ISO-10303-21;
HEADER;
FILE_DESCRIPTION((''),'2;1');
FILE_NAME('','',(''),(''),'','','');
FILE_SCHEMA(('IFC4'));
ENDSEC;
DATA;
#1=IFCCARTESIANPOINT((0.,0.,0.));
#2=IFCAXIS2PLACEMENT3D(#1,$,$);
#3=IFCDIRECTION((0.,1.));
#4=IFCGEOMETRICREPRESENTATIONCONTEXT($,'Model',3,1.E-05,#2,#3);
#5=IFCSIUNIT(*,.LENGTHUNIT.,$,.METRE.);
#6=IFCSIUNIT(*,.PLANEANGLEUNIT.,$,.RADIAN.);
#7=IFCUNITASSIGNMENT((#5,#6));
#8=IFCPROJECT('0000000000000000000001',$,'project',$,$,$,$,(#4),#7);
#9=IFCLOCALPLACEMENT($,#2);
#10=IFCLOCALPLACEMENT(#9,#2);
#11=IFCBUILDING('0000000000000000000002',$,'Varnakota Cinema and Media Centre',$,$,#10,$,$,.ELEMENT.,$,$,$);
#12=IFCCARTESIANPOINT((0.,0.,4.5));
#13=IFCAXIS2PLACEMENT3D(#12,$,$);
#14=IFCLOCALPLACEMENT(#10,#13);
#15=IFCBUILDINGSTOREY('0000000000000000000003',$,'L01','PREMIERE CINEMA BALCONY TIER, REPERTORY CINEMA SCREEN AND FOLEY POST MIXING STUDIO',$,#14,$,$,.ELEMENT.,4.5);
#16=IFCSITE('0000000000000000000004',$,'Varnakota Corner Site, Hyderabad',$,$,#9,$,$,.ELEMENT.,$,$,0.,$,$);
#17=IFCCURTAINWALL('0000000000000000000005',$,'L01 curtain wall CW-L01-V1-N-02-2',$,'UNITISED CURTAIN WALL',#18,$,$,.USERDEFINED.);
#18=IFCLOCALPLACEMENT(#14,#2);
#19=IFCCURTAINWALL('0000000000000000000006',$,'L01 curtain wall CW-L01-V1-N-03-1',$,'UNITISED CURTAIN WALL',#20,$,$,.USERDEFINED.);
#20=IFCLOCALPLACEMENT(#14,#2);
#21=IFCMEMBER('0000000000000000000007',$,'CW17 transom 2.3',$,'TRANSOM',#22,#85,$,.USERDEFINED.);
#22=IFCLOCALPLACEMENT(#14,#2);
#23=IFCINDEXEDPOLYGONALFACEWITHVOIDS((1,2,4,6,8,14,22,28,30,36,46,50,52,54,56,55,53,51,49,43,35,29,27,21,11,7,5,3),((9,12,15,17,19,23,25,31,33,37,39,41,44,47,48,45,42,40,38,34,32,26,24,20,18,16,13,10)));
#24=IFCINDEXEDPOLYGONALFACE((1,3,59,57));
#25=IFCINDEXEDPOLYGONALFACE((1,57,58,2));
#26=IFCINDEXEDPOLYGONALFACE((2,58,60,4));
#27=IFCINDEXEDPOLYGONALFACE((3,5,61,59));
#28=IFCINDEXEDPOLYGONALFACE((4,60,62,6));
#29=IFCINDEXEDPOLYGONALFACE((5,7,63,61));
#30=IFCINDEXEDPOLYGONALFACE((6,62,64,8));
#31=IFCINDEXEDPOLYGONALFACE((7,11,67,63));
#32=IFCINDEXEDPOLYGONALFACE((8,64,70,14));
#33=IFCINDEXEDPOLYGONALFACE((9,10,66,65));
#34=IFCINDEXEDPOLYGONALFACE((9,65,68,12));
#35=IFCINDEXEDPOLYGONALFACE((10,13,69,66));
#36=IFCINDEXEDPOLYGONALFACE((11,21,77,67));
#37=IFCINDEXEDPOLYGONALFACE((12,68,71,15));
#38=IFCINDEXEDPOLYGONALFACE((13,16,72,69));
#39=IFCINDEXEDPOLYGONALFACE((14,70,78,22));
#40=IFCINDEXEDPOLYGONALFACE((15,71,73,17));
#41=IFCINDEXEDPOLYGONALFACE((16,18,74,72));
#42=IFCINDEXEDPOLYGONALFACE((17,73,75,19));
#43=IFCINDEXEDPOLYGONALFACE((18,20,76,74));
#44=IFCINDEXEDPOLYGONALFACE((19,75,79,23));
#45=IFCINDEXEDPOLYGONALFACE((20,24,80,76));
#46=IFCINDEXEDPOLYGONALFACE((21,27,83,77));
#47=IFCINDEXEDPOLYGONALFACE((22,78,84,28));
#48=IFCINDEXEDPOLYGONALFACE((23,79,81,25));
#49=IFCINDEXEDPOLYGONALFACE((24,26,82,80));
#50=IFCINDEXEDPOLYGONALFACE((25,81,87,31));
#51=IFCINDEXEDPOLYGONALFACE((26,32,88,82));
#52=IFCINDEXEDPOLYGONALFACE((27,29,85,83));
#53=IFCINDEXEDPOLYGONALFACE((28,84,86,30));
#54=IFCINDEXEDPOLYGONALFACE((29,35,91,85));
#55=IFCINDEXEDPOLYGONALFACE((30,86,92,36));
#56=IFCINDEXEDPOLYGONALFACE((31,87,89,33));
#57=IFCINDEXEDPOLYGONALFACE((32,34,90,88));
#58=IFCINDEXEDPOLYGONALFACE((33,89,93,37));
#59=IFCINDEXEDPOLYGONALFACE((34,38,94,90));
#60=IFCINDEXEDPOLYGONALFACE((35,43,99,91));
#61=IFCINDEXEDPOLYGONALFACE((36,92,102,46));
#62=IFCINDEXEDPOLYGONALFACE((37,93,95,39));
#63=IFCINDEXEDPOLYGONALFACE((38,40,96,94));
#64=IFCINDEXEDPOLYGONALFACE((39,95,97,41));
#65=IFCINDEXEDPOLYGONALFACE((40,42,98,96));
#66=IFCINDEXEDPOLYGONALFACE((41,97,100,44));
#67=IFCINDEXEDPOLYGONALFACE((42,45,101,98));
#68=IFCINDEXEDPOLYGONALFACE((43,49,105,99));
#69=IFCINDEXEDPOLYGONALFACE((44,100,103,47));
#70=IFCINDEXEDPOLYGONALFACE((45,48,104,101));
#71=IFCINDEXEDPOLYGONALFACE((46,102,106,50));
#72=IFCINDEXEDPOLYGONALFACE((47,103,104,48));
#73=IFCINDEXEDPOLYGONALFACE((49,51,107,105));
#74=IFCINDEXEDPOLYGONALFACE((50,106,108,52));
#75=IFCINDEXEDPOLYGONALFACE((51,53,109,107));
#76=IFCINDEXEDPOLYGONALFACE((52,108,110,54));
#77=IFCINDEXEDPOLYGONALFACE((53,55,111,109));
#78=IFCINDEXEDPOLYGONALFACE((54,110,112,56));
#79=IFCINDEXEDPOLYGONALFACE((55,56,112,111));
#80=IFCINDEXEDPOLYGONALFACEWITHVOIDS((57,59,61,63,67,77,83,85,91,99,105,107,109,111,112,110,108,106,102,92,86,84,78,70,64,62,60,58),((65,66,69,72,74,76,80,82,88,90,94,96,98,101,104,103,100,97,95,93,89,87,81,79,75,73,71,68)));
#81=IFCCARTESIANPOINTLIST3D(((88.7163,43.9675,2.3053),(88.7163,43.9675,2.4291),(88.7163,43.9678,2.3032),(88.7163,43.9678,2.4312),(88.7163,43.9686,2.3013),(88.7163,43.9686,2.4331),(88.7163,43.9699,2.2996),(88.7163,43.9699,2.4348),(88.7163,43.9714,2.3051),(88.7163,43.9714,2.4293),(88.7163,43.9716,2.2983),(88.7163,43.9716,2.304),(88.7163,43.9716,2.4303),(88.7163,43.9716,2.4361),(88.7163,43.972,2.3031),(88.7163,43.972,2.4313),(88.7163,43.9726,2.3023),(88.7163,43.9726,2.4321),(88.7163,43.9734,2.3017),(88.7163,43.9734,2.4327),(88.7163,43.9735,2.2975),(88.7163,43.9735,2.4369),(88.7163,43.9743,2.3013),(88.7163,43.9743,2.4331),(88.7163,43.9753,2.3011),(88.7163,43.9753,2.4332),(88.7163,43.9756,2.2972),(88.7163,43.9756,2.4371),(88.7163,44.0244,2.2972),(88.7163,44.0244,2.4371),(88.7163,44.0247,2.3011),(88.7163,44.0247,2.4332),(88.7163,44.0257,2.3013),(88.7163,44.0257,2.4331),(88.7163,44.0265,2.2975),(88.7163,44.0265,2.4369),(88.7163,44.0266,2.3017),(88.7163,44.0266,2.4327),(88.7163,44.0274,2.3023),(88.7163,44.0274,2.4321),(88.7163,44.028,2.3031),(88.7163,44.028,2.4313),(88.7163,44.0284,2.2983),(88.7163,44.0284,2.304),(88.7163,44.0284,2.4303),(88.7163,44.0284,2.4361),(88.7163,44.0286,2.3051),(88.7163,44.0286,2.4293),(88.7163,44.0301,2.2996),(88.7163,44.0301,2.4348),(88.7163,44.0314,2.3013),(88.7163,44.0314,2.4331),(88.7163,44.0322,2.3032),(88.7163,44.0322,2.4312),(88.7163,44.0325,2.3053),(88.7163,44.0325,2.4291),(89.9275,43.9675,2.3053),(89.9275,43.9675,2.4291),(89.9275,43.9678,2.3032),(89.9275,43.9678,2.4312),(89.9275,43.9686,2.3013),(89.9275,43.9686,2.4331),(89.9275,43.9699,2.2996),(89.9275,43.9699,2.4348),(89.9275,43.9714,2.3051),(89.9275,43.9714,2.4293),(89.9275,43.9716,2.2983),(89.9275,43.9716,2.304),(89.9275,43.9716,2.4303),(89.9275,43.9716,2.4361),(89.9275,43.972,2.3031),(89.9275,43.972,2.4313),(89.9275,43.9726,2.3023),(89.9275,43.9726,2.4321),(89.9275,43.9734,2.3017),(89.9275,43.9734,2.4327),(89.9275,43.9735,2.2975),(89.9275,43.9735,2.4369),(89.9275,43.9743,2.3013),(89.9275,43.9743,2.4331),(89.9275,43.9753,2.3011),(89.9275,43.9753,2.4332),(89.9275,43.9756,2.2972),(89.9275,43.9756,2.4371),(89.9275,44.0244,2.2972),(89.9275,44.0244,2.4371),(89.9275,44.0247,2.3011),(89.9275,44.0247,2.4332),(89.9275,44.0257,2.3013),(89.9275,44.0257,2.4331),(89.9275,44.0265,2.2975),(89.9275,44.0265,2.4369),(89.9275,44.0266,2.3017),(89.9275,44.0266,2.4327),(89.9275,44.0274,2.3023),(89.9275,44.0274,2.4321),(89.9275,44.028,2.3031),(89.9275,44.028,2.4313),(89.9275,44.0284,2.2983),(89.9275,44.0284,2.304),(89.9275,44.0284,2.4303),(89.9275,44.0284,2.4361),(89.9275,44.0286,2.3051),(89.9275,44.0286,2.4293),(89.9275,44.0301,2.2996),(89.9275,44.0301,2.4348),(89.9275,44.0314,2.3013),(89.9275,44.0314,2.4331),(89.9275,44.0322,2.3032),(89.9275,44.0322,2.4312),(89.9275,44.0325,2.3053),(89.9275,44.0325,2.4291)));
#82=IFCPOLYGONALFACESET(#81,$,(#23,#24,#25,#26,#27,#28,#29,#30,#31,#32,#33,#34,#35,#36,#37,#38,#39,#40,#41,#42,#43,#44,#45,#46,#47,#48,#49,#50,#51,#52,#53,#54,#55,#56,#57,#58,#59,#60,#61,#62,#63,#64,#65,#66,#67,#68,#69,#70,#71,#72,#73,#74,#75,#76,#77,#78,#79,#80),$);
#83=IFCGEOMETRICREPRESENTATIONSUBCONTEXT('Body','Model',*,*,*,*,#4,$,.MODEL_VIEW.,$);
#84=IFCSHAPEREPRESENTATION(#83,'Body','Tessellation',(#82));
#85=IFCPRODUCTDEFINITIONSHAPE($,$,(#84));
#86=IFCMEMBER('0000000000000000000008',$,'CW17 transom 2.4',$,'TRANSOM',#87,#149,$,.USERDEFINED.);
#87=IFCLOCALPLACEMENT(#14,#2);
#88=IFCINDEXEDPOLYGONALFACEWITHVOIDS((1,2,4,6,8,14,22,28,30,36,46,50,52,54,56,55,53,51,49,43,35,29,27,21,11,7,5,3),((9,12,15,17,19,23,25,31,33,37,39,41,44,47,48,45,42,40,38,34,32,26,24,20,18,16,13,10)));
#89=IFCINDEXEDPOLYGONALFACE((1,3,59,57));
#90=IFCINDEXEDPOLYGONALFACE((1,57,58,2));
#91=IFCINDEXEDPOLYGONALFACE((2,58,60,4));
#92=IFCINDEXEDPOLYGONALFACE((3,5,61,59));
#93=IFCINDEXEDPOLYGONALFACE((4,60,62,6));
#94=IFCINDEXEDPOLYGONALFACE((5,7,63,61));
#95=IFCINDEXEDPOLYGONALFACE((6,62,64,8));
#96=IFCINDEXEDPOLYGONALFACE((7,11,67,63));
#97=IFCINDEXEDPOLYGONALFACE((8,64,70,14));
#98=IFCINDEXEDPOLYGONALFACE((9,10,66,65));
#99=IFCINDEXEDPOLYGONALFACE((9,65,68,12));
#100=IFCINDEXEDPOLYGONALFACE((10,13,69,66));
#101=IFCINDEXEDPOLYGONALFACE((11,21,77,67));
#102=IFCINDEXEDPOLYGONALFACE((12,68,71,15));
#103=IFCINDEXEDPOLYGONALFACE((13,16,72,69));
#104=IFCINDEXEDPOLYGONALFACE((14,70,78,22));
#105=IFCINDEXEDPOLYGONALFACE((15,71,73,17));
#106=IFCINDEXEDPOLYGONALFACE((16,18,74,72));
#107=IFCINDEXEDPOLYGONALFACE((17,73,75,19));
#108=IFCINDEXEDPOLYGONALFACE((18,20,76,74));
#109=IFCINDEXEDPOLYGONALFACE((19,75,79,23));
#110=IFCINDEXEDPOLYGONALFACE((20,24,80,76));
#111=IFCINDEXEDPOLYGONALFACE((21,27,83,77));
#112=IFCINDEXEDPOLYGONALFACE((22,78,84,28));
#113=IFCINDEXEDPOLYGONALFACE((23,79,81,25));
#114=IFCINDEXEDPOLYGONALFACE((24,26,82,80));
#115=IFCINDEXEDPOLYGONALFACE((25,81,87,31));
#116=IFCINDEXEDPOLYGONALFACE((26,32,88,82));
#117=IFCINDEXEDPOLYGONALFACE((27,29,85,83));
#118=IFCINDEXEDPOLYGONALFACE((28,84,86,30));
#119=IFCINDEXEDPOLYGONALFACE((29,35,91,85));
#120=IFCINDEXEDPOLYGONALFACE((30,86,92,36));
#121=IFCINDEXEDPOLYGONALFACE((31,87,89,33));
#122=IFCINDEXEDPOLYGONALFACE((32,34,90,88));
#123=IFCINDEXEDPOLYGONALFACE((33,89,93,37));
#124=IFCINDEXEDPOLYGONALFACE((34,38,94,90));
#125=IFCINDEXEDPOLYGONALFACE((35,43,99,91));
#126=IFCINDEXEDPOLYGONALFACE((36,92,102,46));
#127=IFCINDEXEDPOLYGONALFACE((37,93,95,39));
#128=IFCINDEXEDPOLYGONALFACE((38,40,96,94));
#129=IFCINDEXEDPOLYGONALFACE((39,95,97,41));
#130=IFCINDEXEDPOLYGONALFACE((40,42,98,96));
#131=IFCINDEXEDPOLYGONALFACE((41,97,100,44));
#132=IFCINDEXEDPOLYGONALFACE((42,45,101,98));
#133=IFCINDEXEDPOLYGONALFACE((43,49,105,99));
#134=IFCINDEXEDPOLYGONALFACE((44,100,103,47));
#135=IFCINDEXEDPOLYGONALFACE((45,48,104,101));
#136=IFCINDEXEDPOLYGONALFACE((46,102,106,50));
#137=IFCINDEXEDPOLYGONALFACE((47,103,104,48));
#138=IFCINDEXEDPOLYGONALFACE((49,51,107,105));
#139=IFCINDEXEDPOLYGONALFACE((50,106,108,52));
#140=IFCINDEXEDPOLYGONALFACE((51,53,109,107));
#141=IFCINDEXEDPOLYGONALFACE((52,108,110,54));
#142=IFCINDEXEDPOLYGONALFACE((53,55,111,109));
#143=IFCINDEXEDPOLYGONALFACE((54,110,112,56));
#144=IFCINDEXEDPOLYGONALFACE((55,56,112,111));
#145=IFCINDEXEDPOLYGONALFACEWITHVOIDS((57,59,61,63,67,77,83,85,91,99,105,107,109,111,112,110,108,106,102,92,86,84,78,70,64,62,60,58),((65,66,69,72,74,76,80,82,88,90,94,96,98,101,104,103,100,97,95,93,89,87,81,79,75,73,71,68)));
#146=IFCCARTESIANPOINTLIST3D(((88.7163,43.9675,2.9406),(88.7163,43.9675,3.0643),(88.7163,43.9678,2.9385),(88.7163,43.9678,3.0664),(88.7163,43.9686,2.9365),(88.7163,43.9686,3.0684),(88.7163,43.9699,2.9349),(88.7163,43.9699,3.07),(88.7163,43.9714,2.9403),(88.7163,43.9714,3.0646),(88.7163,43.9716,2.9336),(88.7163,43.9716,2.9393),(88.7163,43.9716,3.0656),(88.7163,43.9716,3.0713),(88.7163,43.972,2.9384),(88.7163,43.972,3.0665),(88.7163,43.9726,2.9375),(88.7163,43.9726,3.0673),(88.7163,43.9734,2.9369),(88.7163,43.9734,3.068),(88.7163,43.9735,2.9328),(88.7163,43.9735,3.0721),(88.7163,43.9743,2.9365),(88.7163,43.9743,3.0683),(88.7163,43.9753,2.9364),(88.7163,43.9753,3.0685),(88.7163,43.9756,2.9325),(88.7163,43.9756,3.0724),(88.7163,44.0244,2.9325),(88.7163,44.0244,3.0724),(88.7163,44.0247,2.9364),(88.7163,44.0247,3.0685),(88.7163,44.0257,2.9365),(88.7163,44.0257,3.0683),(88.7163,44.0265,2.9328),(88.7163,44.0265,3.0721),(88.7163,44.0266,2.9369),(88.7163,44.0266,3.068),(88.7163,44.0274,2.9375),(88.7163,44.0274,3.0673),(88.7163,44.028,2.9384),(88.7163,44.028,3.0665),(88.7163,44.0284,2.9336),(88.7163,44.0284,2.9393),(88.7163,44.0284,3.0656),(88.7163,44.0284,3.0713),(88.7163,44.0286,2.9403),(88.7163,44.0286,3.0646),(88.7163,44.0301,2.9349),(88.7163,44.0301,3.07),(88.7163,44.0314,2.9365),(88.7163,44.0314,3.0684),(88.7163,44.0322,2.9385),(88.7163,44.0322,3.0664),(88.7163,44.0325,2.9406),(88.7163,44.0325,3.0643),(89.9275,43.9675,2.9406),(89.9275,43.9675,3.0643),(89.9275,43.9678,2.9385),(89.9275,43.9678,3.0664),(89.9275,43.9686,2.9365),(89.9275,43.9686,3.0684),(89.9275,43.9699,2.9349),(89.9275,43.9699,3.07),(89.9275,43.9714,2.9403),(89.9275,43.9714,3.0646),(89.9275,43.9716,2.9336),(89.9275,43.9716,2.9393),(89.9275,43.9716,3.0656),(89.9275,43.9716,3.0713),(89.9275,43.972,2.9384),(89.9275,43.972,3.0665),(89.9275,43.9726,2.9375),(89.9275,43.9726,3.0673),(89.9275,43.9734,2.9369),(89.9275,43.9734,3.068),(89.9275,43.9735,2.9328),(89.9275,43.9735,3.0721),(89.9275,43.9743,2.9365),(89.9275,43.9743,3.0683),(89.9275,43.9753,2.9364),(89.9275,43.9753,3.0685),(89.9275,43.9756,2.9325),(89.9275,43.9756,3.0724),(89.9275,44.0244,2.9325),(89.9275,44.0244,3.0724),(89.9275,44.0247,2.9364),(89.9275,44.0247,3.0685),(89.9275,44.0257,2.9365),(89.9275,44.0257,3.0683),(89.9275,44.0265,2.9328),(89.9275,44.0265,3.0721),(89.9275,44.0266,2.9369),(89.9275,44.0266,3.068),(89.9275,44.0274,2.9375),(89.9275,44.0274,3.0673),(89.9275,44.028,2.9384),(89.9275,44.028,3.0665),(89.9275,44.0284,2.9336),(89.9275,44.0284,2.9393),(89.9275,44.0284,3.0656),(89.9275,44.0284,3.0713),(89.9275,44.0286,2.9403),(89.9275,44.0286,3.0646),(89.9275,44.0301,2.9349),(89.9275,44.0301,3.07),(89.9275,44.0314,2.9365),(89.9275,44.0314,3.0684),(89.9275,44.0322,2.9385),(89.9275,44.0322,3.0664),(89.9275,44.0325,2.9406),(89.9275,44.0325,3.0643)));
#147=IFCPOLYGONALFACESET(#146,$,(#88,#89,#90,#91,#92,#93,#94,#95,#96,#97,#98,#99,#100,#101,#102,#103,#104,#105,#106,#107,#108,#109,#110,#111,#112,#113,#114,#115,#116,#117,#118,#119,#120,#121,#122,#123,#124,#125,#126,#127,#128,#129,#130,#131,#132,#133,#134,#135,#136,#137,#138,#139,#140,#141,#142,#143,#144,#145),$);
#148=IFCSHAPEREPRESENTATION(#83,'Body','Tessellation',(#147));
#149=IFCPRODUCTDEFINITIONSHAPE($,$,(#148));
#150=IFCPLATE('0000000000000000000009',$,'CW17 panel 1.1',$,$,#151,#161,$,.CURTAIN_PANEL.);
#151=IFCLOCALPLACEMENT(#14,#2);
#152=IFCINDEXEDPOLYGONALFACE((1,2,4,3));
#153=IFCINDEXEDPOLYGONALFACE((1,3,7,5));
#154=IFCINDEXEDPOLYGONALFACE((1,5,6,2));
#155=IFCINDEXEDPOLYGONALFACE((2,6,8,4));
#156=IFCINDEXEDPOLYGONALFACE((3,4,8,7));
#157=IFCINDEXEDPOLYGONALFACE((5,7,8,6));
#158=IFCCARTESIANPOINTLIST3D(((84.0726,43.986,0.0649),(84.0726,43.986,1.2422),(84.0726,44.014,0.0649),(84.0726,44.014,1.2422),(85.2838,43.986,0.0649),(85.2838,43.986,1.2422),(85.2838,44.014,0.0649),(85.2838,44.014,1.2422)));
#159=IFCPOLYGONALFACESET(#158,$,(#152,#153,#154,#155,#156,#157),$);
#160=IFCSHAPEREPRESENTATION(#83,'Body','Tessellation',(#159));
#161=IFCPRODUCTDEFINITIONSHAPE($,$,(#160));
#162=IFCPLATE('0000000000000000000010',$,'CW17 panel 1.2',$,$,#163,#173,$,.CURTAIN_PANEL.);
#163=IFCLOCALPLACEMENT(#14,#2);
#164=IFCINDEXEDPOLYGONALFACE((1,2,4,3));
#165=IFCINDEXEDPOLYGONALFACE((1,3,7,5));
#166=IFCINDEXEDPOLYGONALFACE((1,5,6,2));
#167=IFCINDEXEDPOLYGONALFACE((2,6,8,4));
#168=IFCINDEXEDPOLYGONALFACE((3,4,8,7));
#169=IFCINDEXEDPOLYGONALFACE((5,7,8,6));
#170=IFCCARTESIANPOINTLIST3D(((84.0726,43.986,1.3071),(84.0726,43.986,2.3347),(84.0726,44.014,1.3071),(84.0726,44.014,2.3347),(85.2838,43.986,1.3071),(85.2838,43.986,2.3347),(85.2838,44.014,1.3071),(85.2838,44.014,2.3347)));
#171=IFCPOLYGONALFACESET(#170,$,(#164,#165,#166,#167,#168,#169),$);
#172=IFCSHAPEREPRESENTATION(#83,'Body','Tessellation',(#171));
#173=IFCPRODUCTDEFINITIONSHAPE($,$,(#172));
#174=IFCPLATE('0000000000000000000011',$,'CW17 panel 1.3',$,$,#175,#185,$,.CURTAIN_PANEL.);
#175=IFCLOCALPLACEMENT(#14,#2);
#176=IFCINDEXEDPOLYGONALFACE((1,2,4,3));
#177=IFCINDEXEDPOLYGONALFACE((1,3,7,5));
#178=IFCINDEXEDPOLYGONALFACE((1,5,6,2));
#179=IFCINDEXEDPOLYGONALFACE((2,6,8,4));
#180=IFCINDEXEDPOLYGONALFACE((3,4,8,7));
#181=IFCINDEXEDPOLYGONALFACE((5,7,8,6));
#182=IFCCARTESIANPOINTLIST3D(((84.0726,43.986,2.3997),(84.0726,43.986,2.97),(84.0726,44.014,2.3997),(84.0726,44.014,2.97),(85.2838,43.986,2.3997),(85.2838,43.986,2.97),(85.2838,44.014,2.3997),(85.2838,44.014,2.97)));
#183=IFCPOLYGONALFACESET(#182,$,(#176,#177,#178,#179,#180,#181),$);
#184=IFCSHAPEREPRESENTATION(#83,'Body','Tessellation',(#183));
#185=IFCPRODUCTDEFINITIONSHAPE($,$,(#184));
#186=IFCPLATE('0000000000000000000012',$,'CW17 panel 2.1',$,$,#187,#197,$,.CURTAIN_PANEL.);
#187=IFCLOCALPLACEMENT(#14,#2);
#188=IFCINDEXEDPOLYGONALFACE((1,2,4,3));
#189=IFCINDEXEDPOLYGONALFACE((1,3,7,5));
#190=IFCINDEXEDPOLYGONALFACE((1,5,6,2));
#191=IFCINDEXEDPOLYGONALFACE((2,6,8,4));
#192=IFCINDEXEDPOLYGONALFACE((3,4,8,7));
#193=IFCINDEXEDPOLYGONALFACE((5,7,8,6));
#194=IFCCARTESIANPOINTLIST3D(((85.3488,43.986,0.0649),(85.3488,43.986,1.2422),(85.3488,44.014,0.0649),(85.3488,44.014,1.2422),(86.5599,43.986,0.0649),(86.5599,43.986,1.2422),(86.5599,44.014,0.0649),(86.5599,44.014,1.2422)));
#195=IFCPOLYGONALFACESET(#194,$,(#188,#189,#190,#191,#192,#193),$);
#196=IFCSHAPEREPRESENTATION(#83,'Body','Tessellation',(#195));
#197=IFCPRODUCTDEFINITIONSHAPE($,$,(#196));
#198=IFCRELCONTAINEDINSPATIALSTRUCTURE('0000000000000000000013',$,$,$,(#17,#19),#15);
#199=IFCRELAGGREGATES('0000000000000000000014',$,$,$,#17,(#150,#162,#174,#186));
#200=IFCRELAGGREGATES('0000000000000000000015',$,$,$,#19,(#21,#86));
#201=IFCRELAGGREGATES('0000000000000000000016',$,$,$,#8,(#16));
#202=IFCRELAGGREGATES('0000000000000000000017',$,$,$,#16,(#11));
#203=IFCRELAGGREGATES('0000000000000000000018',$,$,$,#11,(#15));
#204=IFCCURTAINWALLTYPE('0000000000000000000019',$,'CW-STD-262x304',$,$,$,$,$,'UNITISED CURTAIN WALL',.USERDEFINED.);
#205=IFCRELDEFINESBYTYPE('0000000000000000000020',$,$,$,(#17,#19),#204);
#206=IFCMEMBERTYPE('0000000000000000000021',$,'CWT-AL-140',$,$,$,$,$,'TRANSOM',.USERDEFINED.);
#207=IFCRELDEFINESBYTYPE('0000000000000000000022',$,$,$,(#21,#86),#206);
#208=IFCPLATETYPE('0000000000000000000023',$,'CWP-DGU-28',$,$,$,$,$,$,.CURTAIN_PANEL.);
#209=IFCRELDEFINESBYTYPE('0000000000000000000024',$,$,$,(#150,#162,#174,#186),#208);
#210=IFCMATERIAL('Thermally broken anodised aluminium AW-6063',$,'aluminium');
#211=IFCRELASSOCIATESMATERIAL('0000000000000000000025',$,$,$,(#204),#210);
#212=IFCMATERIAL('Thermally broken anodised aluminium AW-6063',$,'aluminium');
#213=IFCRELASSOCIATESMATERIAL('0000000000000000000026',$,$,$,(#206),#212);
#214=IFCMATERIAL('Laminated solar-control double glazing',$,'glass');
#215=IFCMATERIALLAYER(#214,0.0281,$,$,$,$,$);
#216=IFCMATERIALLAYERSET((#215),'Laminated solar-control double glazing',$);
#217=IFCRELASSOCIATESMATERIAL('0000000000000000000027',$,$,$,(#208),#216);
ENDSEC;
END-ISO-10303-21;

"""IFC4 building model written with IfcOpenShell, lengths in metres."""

from ifc_helpers import new_model, si_unit, direction, frame, origin, origin_2d, place, context, subcontext, project, spatial, rectangle, hollow_rectangle, extrude, material, layer, layer_set, material_profile, profile_set, type_object, element, aggregate, save


model = new_model("IFC4")

# Units and contexts
model_context = context("Model", 3, precision=1e-05, world=origin(), true_north=direction((0.0, 1.0)))
body_context = subcontext(model_context, "Body", "Model", "MODEL_VIEW")
ifc_project = project(units=[si_unit("LENGTHUNIT", "METRE"), si_unit("PLANEANGLEUNIT", "RADIAN")], contexts=[model_context])

# Site, building, storey
site_placement = place(None, origin())
site = spatial("IfcSite", under=ifc_project, at=site_placement, Name="Varnakota Corner Site, Hyderabad", CompositionType="ELEMENT", RefElevation=0.0)
building_placement = place(site_placement, origin())
building = spatial("IfcBuilding", under=site, at=building_placement, Name="Varnakota Cinema and Media Centre", CompositionType="ELEMENT")
storey_placement = place(building_placement, frame((0.0, 0.0, 4.5)))
storey = spatial("IfcBuildingStorey", under=building, at=storey_placement, Name="L01", Description="PREMIERE CINEMA BALCONY TIER, REPERTORY CINEMA SCREEN AND FOLEY POST MIXING STUDIO", CompositionType="ELEMENT", Elevation=4.5)

# Curtain walls
ifc_material_1 = material(Name="Thermally broken anodised aluminium AW-6063", Category="aluminium")
curtain_wall_type = type_object("IfcCurtainWallType", Name="CW-STD-262x304", ElementType="UNITISED CURTAIN WALL", PredefinedType="USERDEFINED", material=ifc_material_1)
curtain_wall_1_placement = place(storey_placement, origin())
curtain_wall_1 = element("IfcCurtainWall", 1, at=curtain_wall_1_placement, inside=storey, type_object=curtain_wall_type, Name="L01 curtain wall CW-L01-V1-N-02-2", ObjectType="UNITISED CURTAIN WALL", PredefinedType="USERDEFINED")
curtain_wall_2_placement = place(storey_placement, origin())
curtain_wall_2 = element("IfcCurtainWall", 2, at=curtain_wall_2_placement, inside=storey, type_object=curtain_wall_type, Name="L01 curtain wall CW-L01-V1-N-03-1", ObjectType="UNITISED CURTAIN WALL", PredefinedType="USERDEFINED")

# Members
ifc_material_2 = material(Name="Thermally broken anodised aluminium AW-6063", Category="aluminium")
ifc_material_profile_1 = material_profile(ifc_material_2, hollow_rectangle(XDim=0.0649, YDim=0.1399, WallThickness=0.0039, InnerFilletRadius=0.0039, OuterFilletRadius=0.0081, at=origin_2d()), Name="AL-TRANSOM 140x65x4")
ifc_profile_set_1 = profile_set([ifc_material_profile_1], Name="Thermally broken anodised aluminium AW-6063")
member_type_1 = type_object("IfcMemberType", Name="CWT-AL-140", ElementType="TRANSOM", PredefinedType="USERDEFINED", material=ifc_profile_set_1)
member_1_placement = place(storey_placement, frame((88.7163, 44.0, 2.3672), z_axis=(1.0, 0.0, 0.0), x_axis=(0.0, 1.0, 0.0)))
member_1 = element("IfcMember", 3, at=member_1_placement, type_object=member_type_1, Name="CW17 transom 2.3", ObjectType="TRANSOM", PredefinedType="USERDEFINED", context=body_context, shape_type="SweptSolid", body=[
    extrude(hollow_rectangle(XDim=0.0649, YDim=0.1399, WallThickness=0.0039, InnerFilletRadius=0.0039, OuterFilletRadius=0.0081, at=origin_2d()), origin(), (0.0, 0.0, 1.0), 1.2112),
])
member_2_placement = place(storey_placement, frame((88.7163, 44.0, 3.0024), z_axis=(1.0, 0.0, 0.0), x_axis=(0.0, 1.0, 0.0)))
member_2 = element("IfcMember", 4, at=member_2_placement, type_object=member_type_1, Name="CW17 transom 2.4", ObjectType="TRANSOM", PredefinedType="USERDEFINED", context=body_context, shape_type="SweptSolid", body=[
    extrude(hollow_rectangle(XDim=0.0649, YDim=0.1399, WallThickness=0.0039, InnerFilletRadius=0.0039, OuterFilletRadius=0.0081, at=origin_2d()), origin(), (0.0, 0.0, 1.0), 1.2112),
])

# Plates
ifc_material_3 = material(Name="Laminated solar-control double glazing", Category="glass")
ifc_layer = layer(ifc_material_3, 0.0281)
ifc_layer_set = layer_set([ifc_layer], Name="Laminated solar-control double glazing")
plate_type = type_object("IfcPlateType", Name="CWP-DGU-28", PredefinedType="CURTAIN_PANEL", material=ifc_layer_set)
plate_1_placement = place(storey_placement, frame((84.6782, 44.0, 0.0649), z_axis=(0.0, 0.0, 1.0), x_axis=(1.0, 0.0, 0.0)))
plate_1 = element("IfcPlate", 5, at=plate_1_placement, type_object=plate_type, Name="CW17 panel 1.1", PredefinedType="CURTAIN_PANEL", context=body_context, shape_type="SweptSolid", body=[
    extrude(rectangle(XDim=1.2112, YDim=0.0281, at=origin_2d()), origin(), (0.0, 0.0, 1.0), 1.1772),
])
plate_2_placement = place(storey_placement, frame((84.6782, 44.0, 1.3071), z_axis=(0.0, 0.0, 1.0), x_axis=(1.0, 0.0, 0.0)))
plate_2 = element("IfcPlate", 6, at=plate_2_placement, type_object=plate_type, Name="CW17 panel 1.2", PredefinedType="CURTAIN_PANEL", context=body_context, shape_type="SweptSolid", body=[
    extrude(rectangle(XDim=1.2112, YDim=0.0281, at=origin_2d()), origin(), (0.0, 0.0, 1.0), 1.0276),
])
plate_3_placement = place(storey_placement, frame((84.6782, 44.0, 2.3997), z_axis=(0.0, 0.0, 1.0), x_axis=(1.0, 0.0, 0.0)))
plate_3 = element("IfcPlate", 7, at=plate_3_placement, type_object=plate_type, Name="CW17 panel 1.3", PredefinedType="CURTAIN_PANEL", context=body_context, shape_type="SweptSolid", body=[
    extrude(rectangle(XDim=1.2112, YDim=0.0281, at=origin_2d()), origin(), (0.0, 0.0, 1.0), 0.5703),
])
plate_4_placement = place(storey_placement, frame((85.9543, 44.0, 0.0649), z_axis=(0.0, 0.0, 1.0), x_axis=(1.0, 0.0, 0.0)))
plate_4 = element("IfcPlate", 8, at=plate_4_placement, type_object=plate_type, Name="CW17 panel 2.1", PredefinedType="CURTAIN_PANEL", context=body_context, shape_type="SweptSolid", body=[
    extrude(rectangle(XDim=1.2112, YDim=0.0281, at=origin_2d()), origin(), (0.0, 0.0, 1.0), 1.1772),
])
aggregate(curtain_wall_1, [plate_1, plate_2, plate_3, plate_4])
aggregate(curtain_wall_2, [member_1, member_2])

save(model, "model.ifc")
